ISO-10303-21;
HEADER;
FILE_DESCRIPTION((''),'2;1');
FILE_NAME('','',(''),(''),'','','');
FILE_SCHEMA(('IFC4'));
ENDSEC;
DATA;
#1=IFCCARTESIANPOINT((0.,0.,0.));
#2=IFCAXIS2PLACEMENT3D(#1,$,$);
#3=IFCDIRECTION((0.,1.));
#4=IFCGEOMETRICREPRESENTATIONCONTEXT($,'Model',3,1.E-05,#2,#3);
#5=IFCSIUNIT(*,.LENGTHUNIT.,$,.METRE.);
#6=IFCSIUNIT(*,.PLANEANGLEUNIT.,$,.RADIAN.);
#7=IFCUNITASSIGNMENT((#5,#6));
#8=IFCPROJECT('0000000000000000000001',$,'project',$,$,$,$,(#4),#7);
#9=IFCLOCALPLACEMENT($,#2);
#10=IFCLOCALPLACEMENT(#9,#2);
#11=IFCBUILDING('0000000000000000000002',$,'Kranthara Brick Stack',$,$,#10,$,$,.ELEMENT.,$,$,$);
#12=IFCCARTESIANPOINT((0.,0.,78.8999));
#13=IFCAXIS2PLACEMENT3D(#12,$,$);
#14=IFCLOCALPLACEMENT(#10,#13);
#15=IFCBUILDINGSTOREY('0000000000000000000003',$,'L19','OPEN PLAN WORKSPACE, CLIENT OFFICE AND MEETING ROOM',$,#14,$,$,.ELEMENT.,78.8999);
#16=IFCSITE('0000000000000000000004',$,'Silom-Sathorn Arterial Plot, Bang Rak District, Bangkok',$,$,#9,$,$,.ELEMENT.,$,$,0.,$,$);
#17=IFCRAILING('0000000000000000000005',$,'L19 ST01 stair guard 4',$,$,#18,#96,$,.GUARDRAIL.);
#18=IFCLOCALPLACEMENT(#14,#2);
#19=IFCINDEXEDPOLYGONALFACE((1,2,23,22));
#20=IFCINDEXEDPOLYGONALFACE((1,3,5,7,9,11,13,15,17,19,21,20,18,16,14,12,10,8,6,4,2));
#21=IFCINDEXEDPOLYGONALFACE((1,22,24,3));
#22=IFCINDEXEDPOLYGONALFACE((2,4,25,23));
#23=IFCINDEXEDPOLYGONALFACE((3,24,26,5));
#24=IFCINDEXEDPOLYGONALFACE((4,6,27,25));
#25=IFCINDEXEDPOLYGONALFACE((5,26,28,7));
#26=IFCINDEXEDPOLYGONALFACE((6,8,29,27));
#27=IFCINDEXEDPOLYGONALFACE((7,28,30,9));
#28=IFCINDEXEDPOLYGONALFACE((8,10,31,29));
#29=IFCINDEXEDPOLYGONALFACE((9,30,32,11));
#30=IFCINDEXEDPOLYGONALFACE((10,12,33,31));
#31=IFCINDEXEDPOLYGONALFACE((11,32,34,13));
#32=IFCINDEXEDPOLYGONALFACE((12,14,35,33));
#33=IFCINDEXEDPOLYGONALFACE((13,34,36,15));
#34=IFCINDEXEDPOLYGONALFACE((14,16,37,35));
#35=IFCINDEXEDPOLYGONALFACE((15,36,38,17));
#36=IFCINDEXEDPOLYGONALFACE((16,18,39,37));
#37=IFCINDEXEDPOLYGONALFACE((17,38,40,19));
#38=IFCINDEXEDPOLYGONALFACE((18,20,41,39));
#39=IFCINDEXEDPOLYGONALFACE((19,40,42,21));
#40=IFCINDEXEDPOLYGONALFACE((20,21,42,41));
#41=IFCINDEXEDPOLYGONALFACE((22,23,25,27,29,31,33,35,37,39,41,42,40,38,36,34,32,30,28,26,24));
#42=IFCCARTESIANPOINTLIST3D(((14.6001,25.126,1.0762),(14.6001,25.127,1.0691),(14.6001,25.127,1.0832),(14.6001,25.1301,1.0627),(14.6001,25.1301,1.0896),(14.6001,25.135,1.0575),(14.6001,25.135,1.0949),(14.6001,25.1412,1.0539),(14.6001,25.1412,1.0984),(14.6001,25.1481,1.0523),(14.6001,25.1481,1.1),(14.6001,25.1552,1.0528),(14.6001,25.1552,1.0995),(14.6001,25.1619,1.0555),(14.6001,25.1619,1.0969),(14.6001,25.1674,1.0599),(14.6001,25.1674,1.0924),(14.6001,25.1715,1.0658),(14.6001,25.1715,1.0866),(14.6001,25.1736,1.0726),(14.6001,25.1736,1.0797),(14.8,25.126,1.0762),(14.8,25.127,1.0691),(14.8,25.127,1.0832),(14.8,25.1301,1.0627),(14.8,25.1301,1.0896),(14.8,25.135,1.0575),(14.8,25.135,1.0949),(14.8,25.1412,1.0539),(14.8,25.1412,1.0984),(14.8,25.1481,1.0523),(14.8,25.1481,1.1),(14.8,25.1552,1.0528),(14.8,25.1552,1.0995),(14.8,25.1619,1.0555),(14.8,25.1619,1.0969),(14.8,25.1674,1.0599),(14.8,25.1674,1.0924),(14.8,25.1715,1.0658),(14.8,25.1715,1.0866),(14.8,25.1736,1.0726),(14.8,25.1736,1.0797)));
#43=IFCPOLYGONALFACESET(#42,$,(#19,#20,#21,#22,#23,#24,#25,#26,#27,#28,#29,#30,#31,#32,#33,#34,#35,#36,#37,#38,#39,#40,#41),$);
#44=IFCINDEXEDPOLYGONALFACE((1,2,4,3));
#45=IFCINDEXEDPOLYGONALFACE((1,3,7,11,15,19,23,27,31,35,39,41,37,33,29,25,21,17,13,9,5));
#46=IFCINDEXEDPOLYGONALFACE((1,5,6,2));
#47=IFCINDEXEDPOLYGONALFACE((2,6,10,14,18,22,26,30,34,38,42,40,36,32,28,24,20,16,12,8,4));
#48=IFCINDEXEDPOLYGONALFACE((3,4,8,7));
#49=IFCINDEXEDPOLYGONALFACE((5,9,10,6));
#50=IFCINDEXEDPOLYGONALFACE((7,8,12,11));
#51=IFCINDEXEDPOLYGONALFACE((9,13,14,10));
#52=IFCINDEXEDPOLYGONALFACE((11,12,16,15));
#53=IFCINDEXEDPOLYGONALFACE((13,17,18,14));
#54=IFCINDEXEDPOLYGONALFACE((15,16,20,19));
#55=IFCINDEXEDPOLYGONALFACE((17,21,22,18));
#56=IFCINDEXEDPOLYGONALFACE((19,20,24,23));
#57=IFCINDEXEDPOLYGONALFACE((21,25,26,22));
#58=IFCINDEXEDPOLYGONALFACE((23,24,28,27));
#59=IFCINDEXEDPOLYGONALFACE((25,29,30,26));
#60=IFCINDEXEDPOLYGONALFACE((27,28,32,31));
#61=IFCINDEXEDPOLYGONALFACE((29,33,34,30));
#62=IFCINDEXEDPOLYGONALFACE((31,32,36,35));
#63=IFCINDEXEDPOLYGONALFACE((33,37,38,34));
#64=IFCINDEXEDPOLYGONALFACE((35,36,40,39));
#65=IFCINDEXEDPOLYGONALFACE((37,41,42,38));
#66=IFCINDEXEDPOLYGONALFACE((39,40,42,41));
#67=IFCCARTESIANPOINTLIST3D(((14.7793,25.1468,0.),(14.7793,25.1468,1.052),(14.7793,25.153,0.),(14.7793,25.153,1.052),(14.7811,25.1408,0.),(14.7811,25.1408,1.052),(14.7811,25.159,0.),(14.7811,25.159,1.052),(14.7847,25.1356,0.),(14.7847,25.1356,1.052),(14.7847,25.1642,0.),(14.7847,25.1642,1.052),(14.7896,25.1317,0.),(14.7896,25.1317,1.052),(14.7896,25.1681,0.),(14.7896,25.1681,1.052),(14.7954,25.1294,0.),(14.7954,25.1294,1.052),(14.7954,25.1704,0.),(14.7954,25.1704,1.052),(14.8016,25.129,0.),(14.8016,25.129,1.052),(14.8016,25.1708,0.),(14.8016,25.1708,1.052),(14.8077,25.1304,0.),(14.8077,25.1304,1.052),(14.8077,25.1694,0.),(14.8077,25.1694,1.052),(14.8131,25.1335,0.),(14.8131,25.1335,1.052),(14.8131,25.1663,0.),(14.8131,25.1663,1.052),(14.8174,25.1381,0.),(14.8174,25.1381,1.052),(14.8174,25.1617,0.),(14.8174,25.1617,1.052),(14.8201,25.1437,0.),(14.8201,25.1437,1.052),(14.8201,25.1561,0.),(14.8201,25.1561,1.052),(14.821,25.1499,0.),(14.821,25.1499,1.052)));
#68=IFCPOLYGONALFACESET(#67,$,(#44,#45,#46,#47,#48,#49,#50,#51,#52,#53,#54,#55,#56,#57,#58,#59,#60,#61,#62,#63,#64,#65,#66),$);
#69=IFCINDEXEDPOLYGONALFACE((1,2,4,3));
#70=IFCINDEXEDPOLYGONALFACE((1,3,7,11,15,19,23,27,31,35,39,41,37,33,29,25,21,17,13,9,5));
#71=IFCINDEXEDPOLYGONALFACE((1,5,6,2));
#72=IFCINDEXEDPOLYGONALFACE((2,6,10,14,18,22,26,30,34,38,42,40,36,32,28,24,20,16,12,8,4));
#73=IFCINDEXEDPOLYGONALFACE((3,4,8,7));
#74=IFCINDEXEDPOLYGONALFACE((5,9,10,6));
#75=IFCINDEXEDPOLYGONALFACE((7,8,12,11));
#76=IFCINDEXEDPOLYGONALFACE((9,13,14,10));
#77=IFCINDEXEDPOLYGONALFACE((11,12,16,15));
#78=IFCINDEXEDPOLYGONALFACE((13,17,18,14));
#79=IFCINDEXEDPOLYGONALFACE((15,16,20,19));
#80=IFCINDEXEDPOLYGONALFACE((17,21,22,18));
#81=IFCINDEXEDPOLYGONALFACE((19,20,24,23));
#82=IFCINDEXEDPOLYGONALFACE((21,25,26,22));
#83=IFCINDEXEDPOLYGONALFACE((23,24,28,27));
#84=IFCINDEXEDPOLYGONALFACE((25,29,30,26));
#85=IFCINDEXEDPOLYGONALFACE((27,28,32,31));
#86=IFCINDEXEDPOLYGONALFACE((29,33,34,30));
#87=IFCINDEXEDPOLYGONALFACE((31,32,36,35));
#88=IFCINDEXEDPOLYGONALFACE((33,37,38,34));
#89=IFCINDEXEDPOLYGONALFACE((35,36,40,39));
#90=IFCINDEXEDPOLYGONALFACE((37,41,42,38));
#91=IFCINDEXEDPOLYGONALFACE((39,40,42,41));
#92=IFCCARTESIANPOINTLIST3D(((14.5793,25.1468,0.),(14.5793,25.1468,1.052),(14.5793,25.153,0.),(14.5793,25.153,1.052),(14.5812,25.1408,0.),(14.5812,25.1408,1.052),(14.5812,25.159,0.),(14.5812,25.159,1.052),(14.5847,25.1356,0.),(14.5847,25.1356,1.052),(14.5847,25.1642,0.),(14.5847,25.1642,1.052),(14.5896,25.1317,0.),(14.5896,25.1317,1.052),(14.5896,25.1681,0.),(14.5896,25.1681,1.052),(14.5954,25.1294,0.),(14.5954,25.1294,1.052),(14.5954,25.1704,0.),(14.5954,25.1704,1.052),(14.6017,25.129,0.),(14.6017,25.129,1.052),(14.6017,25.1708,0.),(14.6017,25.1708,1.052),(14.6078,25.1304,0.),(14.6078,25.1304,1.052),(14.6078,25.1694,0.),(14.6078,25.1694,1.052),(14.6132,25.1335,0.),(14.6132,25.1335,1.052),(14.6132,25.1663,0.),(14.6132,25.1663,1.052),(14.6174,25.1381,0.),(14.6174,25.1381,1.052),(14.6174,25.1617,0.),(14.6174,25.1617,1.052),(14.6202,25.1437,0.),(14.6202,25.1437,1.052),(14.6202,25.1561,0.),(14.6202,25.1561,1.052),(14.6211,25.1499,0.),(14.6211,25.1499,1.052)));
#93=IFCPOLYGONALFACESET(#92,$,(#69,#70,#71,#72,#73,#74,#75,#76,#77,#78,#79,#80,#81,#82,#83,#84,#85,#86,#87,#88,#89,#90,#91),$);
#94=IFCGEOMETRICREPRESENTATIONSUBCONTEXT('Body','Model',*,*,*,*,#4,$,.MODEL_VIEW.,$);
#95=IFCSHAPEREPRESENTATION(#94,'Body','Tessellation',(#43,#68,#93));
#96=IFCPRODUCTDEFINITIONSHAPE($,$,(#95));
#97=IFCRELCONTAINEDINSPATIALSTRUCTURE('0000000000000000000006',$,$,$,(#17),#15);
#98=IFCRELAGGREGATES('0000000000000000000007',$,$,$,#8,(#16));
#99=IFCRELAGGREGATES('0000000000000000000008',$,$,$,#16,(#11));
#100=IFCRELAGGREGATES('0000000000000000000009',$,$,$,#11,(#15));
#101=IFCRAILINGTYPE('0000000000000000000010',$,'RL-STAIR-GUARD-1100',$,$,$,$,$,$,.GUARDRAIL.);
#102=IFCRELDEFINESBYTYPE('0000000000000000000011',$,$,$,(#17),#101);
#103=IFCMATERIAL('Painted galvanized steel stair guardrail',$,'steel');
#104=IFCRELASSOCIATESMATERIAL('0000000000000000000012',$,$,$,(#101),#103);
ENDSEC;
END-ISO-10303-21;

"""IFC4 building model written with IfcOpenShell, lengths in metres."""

from ifc_helpers import new_model, si_unit, direction, frame, origin, origin_2d, place, context, subcontext, project, spatial, circle, extrude, material, type_object, element, save


model = new_model("IFC4")

# Units and contexts
model_context = context("Model", 3, precision=1e-05, world=origin(), true_north=direction((0.0, 1.0)))
body_context = subcontext(model_context, "Body", "Model", "MODEL_VIEW")
ifc_project = project(units=[si_unit("LENGTHUNIT", "METRE"), si_unit("PLANEANGLEUNIT", "RADIAN")], contexts=[model_context])

# Site, building, storey
site_placement = place(None, origin())
site = spatial("IfcSite", under=ifc_project, at=site_placement, Name="Silom-Sathorn Arterial Plot, Bang Rak District, Bangkok", CompositionType="ELEMENT", RefElevation=0.0)
building_placement = place(site_placement, origin())
building = spatial("IfcBuilding", under=site, at=building_placement, Name="Kranthara Brick Stack", CompositionType="ELEMENT")
storey_placement = place(building_placement, frame((0.0, 0.0, 78.8999)))
storey = spatial("IfcBuildingStorey", under=building, at=storey_placement, Name="L19", Description="OPEN PLAN WORKSPACE, CLIENT OFFICE AND MEETING ROOM", CompositionType="ELEMENT", Elevation=78.8999)

# Railing
ifc_material_1 = material(Name="Painted galvanized steel stair guardrail", Category="steel")
railing_type_1 = type_object("IfcRailingType", Name="RL-STAIR-GUARD-1100", PredefinedType="GUARDRAIL", material=ifc_material_1)
railing_1_placement = place(storey_placement, frame((14.8, 25.1499, 0.0)))
element("IfcRailing", 1, at=railing_1_placement, inside=storey, type_object=railing_type_1, Name="L19 ST01 stair guard 4", PredefinedType="GUARDRAIL", context=body_context, shape_type="SweptSolid", body=[
    extrude(circle(Radius=0.0239, at=origin_2d()), frame((0.0, 0.0, 1.0762), z_axis=(-1.0, 0.0, 0.0), x_axis=(0.0, -1.0, 0.0)), (0.0, 0.0, 1.0), 0.2),
    extrude(circle(Radius=0.021, at=origin_2d()), origin(), (0.0, 0.0, 1.0), 1.052),
    extrude(circle(Radius=0.021, at=origin_2d()), frame((-0.2, 0.0, 0.0)), (0.0, 0.0, 1.0), 1.052),
])

save(model, "model.ifc")
